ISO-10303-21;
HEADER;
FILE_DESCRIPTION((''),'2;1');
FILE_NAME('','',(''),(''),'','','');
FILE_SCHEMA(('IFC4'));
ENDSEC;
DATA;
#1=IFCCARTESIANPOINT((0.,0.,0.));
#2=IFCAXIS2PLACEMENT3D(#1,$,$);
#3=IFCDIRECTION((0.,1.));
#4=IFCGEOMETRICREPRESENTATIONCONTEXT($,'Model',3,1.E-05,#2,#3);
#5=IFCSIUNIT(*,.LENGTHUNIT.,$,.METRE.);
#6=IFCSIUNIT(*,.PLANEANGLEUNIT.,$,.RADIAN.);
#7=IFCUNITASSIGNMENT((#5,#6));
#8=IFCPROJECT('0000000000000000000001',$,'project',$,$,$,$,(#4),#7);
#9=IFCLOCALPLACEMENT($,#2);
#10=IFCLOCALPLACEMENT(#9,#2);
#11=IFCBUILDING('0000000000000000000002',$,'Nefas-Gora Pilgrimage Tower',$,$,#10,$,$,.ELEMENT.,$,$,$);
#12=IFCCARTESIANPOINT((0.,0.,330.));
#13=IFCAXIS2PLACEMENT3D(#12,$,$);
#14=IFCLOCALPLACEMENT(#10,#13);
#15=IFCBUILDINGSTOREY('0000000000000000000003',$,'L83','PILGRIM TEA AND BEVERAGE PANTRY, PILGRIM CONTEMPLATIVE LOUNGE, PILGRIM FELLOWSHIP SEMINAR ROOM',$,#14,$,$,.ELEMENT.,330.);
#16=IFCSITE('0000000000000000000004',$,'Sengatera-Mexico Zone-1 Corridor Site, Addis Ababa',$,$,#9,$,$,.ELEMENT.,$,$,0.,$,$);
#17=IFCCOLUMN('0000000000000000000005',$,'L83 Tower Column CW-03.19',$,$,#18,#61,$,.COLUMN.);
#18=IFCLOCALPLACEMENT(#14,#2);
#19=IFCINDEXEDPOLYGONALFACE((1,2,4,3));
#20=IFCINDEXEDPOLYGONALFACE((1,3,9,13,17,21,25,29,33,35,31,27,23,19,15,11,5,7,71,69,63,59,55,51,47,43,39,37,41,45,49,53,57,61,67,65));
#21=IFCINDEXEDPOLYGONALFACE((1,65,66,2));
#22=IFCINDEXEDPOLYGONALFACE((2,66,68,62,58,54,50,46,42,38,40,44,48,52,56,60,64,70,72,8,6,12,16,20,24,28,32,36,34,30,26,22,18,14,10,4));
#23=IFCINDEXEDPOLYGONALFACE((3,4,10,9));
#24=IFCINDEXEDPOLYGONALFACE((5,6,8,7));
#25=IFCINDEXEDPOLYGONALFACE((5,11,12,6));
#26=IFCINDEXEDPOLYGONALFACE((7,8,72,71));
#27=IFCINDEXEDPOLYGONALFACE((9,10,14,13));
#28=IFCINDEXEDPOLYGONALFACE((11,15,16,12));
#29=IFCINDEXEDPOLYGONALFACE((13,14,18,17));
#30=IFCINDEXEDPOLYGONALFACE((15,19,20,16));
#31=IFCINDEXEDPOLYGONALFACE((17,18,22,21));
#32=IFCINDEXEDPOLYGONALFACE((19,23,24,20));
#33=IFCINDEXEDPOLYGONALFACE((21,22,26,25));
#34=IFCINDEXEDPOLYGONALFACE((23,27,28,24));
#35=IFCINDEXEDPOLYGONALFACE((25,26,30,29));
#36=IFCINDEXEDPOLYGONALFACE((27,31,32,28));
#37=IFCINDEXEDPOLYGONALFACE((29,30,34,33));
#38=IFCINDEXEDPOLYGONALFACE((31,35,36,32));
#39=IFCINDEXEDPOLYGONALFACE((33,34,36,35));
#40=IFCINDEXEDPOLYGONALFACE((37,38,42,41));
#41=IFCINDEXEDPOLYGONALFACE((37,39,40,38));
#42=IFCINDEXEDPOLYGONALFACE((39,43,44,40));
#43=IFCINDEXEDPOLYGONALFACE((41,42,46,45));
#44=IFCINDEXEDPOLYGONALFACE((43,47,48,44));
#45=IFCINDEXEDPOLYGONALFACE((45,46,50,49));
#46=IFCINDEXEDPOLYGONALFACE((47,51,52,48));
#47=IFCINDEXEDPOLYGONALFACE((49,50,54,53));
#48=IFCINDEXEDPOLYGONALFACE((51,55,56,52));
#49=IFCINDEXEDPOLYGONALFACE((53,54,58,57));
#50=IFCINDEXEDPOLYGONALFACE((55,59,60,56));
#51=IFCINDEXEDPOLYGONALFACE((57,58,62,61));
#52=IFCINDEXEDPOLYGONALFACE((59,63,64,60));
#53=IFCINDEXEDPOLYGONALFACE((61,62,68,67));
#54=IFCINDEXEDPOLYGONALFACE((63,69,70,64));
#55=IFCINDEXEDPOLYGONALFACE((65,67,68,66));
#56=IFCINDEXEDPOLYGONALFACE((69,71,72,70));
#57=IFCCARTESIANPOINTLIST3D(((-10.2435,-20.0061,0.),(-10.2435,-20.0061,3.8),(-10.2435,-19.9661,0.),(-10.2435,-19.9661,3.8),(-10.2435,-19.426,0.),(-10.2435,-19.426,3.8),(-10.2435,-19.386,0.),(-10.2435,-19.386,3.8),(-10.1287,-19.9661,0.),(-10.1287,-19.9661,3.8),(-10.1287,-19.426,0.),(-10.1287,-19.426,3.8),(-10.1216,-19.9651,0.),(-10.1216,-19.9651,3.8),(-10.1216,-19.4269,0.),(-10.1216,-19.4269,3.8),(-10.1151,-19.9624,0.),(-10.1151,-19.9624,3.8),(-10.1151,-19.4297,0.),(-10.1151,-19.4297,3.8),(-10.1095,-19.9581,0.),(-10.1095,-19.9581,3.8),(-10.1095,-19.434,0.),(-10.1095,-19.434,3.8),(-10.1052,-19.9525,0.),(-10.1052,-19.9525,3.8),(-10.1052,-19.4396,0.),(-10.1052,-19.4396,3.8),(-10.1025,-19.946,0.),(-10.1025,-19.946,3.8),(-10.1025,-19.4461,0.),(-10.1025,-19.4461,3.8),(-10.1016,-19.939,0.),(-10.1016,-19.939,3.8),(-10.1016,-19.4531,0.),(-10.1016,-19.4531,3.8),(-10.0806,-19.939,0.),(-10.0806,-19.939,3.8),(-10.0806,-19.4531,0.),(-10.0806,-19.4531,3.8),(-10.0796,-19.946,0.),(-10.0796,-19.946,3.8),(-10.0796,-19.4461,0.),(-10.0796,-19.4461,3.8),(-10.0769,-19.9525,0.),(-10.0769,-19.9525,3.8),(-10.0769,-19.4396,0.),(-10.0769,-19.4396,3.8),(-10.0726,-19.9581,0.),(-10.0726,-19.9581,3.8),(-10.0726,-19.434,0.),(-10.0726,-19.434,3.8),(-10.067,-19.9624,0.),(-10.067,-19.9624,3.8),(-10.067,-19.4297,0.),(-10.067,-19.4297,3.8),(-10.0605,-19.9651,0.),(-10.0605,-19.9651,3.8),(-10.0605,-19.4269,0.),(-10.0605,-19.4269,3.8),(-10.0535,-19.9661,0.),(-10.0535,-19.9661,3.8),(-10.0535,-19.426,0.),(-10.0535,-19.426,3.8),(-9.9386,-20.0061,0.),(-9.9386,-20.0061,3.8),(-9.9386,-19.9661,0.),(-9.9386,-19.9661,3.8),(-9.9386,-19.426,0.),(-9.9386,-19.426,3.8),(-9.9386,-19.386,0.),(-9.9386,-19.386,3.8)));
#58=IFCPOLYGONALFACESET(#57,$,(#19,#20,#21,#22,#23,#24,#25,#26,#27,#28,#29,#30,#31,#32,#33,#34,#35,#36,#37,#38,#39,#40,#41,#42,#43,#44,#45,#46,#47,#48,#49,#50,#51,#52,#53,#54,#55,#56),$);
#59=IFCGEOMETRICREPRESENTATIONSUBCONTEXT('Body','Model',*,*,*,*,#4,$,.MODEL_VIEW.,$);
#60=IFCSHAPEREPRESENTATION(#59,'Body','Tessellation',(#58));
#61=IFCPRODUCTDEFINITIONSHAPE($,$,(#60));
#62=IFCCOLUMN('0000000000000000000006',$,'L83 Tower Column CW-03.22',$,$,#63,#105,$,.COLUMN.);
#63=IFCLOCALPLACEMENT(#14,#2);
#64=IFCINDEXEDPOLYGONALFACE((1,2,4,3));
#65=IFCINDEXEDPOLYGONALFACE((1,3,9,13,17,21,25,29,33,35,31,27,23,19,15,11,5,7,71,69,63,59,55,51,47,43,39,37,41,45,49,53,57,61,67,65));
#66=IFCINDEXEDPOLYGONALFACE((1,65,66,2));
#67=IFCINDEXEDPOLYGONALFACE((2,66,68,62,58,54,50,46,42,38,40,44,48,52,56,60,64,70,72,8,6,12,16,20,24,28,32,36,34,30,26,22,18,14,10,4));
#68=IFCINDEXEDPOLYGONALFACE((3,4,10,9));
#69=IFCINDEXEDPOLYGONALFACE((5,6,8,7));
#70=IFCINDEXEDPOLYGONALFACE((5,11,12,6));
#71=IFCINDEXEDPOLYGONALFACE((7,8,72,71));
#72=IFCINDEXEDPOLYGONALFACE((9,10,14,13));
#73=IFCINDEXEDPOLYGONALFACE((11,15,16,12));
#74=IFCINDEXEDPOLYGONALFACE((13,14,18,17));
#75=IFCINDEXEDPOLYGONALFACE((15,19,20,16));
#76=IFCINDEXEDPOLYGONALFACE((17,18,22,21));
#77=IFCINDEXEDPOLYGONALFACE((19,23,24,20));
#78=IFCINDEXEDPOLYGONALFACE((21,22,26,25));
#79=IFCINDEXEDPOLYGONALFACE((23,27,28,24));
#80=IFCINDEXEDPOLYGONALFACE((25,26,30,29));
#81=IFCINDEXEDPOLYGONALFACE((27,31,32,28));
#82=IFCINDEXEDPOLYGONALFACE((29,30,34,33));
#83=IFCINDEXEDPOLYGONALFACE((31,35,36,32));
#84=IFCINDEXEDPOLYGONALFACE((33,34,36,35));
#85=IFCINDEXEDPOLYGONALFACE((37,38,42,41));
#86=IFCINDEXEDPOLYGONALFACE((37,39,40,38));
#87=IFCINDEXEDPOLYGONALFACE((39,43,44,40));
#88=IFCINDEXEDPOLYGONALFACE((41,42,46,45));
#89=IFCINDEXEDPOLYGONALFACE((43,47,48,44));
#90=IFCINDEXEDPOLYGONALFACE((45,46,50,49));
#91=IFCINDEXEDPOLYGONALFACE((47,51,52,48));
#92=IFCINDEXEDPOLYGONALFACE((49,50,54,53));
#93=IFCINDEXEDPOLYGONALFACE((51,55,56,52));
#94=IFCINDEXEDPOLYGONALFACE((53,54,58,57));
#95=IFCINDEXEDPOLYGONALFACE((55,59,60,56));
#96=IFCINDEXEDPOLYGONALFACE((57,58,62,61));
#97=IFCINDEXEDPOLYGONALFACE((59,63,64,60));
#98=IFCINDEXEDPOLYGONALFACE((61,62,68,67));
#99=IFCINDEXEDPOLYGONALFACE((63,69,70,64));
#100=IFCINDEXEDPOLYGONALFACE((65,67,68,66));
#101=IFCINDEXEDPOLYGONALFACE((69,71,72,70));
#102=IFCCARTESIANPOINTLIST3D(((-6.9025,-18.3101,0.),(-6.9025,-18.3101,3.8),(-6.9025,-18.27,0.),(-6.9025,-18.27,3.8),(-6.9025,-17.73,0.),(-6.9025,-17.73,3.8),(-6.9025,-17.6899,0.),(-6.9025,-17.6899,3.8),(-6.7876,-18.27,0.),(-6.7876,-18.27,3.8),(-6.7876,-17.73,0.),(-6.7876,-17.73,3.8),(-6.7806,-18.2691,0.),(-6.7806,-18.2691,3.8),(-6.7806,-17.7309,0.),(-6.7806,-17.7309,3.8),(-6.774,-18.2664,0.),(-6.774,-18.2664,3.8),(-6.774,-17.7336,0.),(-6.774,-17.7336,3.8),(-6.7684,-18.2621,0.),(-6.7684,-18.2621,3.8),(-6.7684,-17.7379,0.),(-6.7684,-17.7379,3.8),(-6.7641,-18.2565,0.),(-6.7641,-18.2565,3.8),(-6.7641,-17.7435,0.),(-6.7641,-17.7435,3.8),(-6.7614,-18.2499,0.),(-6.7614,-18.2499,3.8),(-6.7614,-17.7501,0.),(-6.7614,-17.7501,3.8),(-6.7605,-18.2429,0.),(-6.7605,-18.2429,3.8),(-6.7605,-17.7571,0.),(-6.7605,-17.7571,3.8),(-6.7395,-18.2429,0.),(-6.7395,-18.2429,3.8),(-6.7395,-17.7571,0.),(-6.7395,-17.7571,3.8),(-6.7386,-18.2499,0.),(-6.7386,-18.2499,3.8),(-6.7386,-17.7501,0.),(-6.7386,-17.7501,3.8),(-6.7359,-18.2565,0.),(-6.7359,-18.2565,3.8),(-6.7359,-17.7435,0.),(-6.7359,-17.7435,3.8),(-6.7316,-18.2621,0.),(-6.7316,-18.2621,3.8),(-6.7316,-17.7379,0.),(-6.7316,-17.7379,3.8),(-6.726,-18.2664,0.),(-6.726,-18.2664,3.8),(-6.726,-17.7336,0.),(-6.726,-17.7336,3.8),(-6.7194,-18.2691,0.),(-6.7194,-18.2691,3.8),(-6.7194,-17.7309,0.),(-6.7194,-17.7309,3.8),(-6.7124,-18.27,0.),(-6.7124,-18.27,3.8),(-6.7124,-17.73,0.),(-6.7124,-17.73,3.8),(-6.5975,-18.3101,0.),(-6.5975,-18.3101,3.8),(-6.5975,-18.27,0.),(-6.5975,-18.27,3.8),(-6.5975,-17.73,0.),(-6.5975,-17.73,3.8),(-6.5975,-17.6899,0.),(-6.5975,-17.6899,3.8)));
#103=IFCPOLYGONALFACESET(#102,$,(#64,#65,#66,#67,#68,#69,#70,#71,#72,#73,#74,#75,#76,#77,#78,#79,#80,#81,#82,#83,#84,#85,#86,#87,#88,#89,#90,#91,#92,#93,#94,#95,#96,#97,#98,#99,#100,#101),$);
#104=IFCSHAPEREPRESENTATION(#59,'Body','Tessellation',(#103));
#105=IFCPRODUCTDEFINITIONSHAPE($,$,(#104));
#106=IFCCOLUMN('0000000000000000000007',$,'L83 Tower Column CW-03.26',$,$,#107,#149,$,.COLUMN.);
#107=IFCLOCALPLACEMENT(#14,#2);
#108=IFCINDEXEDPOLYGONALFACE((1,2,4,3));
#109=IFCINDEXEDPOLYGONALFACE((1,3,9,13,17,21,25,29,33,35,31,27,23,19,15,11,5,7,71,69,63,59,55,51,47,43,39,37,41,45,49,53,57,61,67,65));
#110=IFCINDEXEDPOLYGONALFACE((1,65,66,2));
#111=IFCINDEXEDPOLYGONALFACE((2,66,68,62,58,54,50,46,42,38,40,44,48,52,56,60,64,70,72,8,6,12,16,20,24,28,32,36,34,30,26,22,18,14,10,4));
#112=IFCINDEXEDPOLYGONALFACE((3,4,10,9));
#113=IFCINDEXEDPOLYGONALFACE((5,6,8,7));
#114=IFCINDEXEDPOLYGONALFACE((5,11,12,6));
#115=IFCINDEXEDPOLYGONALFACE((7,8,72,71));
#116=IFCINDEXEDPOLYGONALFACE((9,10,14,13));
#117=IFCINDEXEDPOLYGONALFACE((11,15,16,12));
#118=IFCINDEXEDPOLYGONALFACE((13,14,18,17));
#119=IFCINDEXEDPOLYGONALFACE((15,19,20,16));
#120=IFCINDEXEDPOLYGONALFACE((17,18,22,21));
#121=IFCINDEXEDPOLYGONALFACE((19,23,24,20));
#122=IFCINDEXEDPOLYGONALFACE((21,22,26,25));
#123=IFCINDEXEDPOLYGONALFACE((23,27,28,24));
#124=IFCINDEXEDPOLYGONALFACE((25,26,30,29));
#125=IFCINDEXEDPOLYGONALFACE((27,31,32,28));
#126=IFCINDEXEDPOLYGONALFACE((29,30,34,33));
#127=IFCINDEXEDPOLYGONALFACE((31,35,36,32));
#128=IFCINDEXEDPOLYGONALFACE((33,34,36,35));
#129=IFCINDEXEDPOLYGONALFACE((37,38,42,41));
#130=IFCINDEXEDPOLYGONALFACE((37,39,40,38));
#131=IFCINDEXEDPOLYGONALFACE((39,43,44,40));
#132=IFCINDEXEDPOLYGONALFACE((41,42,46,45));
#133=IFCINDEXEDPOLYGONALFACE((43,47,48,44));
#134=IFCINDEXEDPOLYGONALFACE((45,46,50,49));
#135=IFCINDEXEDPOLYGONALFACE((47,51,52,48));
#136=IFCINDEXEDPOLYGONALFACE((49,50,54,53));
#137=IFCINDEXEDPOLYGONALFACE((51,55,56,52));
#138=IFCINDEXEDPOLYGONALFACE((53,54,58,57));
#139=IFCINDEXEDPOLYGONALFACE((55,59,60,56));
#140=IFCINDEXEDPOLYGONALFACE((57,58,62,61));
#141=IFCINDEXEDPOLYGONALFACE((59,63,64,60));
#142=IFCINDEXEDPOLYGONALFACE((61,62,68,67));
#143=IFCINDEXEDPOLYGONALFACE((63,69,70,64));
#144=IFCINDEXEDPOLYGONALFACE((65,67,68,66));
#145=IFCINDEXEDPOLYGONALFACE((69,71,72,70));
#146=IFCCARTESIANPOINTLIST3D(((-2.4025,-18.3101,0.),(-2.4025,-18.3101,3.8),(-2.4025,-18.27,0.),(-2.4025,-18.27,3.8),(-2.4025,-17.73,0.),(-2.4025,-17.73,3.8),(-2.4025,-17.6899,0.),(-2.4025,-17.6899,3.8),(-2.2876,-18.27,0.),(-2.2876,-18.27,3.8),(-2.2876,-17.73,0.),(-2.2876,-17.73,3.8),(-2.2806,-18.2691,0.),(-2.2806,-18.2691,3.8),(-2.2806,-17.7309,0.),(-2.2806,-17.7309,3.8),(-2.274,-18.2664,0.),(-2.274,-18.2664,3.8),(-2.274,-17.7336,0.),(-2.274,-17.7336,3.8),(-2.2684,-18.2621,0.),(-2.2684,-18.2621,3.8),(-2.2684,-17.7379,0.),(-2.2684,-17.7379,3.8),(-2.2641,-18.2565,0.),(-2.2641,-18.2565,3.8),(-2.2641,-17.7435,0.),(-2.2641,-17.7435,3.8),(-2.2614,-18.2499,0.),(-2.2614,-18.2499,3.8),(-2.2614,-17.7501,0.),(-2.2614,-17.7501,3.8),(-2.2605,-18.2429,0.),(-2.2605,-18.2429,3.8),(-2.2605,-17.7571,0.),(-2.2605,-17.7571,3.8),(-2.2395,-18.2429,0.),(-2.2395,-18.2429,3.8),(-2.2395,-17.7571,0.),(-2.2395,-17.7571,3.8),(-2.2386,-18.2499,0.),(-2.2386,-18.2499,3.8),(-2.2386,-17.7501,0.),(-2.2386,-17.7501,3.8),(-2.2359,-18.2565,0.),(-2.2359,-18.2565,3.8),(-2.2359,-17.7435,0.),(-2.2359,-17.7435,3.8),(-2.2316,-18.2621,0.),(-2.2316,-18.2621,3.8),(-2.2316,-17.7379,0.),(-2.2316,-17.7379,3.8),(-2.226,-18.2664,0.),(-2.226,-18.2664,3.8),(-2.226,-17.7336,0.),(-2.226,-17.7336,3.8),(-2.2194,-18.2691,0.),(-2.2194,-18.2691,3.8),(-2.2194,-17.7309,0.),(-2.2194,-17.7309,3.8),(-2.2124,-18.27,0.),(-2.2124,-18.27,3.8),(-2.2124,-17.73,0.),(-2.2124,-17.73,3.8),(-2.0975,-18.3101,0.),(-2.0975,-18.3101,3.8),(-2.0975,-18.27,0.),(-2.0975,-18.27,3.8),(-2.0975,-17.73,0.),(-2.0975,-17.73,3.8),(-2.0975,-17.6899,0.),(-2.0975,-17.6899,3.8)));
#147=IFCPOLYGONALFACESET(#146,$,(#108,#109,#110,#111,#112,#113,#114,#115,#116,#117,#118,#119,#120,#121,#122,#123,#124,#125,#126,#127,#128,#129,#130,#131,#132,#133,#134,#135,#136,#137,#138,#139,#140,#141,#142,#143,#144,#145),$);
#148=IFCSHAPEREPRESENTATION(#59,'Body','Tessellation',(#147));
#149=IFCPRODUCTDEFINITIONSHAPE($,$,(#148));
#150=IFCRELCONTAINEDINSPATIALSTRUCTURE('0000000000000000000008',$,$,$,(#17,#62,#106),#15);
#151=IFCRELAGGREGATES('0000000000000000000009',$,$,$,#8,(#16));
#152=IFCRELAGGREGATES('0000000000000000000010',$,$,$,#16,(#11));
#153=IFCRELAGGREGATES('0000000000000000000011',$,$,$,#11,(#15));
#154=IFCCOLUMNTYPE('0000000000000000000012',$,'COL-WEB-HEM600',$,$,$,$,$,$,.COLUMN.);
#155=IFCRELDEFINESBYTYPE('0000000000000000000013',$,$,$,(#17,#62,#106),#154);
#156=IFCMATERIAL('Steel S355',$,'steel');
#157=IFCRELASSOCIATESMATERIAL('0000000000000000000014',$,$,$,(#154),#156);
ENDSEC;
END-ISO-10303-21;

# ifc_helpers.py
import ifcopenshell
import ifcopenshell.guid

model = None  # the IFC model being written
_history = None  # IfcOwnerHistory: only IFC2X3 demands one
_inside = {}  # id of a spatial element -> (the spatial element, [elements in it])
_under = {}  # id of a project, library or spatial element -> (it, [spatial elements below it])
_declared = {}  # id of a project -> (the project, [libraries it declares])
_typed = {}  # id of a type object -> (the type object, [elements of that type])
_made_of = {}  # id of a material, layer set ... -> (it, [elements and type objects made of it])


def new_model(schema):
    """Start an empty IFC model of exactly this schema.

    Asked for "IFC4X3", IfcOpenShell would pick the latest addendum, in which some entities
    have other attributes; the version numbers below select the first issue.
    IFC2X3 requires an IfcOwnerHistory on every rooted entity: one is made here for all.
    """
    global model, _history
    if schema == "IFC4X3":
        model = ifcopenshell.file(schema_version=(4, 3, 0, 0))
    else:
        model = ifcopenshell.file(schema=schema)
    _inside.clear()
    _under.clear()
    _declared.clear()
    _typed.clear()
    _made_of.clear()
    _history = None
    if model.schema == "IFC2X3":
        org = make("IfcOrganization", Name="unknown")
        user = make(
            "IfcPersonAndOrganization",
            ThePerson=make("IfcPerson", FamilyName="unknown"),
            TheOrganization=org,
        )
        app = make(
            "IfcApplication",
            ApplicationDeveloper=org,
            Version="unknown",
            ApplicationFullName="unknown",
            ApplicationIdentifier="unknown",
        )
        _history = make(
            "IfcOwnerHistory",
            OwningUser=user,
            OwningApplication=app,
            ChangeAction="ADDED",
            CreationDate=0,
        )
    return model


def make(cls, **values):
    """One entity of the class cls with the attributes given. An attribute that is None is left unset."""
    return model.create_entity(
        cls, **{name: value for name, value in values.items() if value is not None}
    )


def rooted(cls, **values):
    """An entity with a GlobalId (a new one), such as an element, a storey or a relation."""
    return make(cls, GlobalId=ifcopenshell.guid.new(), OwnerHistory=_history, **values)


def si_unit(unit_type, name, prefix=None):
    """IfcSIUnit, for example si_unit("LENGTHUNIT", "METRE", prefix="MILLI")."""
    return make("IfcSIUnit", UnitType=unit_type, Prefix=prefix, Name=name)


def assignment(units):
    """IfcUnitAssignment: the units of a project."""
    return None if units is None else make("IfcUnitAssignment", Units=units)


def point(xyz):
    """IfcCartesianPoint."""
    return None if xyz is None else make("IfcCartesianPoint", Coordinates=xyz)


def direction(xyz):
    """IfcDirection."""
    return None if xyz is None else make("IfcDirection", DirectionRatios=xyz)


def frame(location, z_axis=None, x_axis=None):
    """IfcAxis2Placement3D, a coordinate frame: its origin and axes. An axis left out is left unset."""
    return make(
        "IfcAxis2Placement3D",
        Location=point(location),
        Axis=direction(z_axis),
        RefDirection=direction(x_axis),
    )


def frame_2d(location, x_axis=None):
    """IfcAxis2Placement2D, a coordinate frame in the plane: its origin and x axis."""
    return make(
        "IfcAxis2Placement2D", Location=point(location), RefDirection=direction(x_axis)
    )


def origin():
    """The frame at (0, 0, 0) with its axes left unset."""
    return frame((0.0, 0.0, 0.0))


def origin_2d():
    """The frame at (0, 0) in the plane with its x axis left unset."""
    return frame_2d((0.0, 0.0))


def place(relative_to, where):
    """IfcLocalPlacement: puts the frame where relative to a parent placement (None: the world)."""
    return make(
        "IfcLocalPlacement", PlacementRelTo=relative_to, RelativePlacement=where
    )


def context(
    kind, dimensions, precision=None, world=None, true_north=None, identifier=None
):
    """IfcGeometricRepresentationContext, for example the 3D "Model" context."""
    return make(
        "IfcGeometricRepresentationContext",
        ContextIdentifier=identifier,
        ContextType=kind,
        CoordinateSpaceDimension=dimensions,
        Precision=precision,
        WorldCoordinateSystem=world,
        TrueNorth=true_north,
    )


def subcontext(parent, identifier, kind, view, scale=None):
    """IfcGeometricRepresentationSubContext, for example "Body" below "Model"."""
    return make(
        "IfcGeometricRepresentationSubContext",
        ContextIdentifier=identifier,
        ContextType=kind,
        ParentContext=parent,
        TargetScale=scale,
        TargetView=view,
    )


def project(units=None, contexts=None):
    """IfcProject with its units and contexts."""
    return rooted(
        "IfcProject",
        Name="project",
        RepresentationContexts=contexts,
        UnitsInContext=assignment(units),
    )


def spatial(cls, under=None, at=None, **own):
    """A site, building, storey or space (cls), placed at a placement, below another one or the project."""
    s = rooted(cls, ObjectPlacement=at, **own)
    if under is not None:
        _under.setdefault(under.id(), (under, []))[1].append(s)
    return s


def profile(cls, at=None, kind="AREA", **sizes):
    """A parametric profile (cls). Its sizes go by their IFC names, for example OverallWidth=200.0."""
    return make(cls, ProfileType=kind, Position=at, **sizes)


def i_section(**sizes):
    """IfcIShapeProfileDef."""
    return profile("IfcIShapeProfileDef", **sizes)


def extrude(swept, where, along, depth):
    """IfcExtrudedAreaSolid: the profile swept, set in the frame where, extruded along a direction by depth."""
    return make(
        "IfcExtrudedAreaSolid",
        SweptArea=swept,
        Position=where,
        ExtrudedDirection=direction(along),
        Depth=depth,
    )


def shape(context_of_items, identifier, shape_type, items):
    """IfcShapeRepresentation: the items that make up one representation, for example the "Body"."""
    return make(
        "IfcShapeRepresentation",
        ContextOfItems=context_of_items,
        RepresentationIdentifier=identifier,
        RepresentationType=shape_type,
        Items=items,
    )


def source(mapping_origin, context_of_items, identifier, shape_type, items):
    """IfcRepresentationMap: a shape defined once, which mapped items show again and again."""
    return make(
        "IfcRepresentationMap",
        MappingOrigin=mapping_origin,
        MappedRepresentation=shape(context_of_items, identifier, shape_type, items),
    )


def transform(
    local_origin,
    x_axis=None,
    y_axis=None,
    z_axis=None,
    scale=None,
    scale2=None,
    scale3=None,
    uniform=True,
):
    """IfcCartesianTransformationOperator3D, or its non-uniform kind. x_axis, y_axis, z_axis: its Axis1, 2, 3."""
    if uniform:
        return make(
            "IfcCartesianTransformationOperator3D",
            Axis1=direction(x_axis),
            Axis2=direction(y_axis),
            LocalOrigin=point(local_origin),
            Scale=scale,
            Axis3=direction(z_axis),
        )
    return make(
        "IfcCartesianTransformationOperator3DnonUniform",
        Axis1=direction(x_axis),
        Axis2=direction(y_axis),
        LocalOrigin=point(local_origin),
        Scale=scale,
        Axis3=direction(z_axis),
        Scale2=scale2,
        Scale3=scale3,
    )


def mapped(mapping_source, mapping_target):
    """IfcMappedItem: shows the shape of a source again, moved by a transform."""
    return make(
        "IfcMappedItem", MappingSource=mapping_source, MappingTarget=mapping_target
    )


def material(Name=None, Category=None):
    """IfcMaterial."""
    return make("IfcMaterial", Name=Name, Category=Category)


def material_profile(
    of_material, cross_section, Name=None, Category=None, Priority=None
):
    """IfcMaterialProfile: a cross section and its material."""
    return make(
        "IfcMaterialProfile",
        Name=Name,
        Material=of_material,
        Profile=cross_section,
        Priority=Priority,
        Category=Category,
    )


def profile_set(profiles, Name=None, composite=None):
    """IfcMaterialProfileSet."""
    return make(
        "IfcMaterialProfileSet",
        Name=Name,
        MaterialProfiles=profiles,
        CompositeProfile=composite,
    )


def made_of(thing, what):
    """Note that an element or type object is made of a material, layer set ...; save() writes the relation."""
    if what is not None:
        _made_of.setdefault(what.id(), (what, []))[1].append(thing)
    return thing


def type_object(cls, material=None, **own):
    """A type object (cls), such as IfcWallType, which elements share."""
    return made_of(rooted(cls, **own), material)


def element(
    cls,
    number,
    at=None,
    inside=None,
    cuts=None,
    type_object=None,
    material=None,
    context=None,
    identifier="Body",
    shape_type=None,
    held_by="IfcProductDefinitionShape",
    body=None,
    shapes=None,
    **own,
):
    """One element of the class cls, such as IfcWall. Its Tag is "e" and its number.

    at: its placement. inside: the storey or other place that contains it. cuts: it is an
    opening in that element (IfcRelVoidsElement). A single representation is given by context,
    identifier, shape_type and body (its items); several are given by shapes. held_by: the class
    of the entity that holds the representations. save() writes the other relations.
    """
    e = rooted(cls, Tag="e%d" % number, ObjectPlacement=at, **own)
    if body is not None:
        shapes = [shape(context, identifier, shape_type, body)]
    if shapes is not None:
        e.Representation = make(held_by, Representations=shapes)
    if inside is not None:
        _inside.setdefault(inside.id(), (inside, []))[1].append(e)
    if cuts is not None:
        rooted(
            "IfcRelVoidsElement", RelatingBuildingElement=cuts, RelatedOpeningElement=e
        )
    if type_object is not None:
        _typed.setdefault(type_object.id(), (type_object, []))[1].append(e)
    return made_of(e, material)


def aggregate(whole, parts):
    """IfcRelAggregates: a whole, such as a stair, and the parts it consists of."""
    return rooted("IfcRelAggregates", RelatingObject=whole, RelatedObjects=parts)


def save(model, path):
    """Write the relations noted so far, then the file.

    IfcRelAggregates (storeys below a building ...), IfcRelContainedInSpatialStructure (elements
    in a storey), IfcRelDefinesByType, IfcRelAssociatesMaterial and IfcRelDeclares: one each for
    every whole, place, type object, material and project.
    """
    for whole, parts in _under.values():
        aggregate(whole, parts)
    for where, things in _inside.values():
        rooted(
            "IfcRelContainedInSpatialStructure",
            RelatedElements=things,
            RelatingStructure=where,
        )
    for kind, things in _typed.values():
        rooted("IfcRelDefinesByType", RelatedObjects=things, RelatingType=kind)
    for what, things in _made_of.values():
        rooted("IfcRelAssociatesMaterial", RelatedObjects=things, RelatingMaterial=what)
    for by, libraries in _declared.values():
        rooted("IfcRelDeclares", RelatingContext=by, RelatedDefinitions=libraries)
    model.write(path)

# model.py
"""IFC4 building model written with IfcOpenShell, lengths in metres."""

from ifc_helpers import new_model, si_unit, direction, frame, origin, origin_2d, place, context, subcontext, project, spatial, i_section, extrude, source, transform, mapped, material, material_profile, profile_set, type_object, element, save


model = new_model("IFC4")

# Units and contexts
model_context = context("Model", 3, precision=1e-05, world=origin(), true_north=direction((0.0, 1.0)))
body_context = subcontext(model_context, "Body", "Model", "MODEL_VIEW")
ifc_project = project(units=[si_unit("LENGTHUNIT", "METRE"), si_unit("PLANEANGLEUNIT", "RADIAN")], contexts=[model_context])

# Site, building, storey
site_placement = place(None, origin())
site = spatial("IfcSite", under=ifc_project, at=site_placement, Name="Sengatera-Mexico Zone-1 Corridor Site, Addis Ababa", CompositionType="ELEMENT", RefElevation=0.0)
building_placement = place(site_placement, origin())
building = spatial("IfcBuilding", under=site, at=building_placement, Name="Nefas-Gora Pilgrimage Tower", CompositionType="ELEMENT")
storey_placement = place(building_placement, frame((0.0, 0.0, 330.0)))
storey = spatial("IfcBuildingStorey", under=building, at=storey_placement, Name="L83", Description="PILGRIM TEA AND BEVERAGE PANTRY, PILGRIM CONTEMPLATIVE LOUNGE, PILGRIM FELLOWSHIP SEMINAR ROOM", CompositionType="ELEMENT", Elevation=330.0)

# Columns
ifc_material_1 = material(Name="Steel S355", Category="steel")
ifc_material_profile_1 = material_profile(ifc_material_1, i_section(OverallWidth=0.3049, OverallDepth=0.6201, WebThickness=0.021, FlangeThickness=0.04, FilletRadius=0.0271, at=origin_2d()), Name="HEM 600")
ifc_profile_set_1 = profile_set([ifc_material_profile_1], Name="Steel S355")
column_type_1 = type_object("IfcColumnType", Name="COL-WEB-HEM600", PredefinedType="COLUMN", material=ifc_profile_set_1)
shared_shape_1 = source(origin(), body_context, "Body", "SweptSolid", [
    extrude(i_section(OverallWidth=0.3049, OverallDepth=0.6201, WebThickness=0.021, FlangeThickness=0.04, FilletRadius=0.0271, at=origin_2d()), origin(), (0.0, 0.0, 1.0), 3.8),
])
for number, where, z_axis, x_axis, name in (
    (1, (-10.0911, -19.696, 0.0), (0.0, 0.0, 1.0), (1.0, 0.0, 0.0), "L83 Tower Column CW-03.19"),
    (2, (-6.75, -18.0, 0.0), (0.0, 0.0, 1.0), (1.0, 0.0, 0.0), "L83 Tower Column CW-03.22"),
    (3, (-2.25, -18.0, 0.0), (0.0, 0.0, 1.0), (1.0, 0.0, 0.0), "L83 Tower Column CW-03.26"),
):
    element("IfcColumn", number, at=place(storey_placement, frame(where, z_axis=z_axis, x_axis=x_axis)), inside=storey, type_object=column_type_1, Name=name, PredefinedType="COLUMN", context=body_context, shape_type="MappedRepresentation", body=[
        mapped(shared_shape_1, transform((0.0, 0.0, 0.0), x_axis=(1.0, 0.0, 0.0), y_axis=(0.0, 1.0, 0.0), z_axis=(0.0, 0.0, 1.0), scale=1.0)),
    ])

save(model, "model.ifc")
